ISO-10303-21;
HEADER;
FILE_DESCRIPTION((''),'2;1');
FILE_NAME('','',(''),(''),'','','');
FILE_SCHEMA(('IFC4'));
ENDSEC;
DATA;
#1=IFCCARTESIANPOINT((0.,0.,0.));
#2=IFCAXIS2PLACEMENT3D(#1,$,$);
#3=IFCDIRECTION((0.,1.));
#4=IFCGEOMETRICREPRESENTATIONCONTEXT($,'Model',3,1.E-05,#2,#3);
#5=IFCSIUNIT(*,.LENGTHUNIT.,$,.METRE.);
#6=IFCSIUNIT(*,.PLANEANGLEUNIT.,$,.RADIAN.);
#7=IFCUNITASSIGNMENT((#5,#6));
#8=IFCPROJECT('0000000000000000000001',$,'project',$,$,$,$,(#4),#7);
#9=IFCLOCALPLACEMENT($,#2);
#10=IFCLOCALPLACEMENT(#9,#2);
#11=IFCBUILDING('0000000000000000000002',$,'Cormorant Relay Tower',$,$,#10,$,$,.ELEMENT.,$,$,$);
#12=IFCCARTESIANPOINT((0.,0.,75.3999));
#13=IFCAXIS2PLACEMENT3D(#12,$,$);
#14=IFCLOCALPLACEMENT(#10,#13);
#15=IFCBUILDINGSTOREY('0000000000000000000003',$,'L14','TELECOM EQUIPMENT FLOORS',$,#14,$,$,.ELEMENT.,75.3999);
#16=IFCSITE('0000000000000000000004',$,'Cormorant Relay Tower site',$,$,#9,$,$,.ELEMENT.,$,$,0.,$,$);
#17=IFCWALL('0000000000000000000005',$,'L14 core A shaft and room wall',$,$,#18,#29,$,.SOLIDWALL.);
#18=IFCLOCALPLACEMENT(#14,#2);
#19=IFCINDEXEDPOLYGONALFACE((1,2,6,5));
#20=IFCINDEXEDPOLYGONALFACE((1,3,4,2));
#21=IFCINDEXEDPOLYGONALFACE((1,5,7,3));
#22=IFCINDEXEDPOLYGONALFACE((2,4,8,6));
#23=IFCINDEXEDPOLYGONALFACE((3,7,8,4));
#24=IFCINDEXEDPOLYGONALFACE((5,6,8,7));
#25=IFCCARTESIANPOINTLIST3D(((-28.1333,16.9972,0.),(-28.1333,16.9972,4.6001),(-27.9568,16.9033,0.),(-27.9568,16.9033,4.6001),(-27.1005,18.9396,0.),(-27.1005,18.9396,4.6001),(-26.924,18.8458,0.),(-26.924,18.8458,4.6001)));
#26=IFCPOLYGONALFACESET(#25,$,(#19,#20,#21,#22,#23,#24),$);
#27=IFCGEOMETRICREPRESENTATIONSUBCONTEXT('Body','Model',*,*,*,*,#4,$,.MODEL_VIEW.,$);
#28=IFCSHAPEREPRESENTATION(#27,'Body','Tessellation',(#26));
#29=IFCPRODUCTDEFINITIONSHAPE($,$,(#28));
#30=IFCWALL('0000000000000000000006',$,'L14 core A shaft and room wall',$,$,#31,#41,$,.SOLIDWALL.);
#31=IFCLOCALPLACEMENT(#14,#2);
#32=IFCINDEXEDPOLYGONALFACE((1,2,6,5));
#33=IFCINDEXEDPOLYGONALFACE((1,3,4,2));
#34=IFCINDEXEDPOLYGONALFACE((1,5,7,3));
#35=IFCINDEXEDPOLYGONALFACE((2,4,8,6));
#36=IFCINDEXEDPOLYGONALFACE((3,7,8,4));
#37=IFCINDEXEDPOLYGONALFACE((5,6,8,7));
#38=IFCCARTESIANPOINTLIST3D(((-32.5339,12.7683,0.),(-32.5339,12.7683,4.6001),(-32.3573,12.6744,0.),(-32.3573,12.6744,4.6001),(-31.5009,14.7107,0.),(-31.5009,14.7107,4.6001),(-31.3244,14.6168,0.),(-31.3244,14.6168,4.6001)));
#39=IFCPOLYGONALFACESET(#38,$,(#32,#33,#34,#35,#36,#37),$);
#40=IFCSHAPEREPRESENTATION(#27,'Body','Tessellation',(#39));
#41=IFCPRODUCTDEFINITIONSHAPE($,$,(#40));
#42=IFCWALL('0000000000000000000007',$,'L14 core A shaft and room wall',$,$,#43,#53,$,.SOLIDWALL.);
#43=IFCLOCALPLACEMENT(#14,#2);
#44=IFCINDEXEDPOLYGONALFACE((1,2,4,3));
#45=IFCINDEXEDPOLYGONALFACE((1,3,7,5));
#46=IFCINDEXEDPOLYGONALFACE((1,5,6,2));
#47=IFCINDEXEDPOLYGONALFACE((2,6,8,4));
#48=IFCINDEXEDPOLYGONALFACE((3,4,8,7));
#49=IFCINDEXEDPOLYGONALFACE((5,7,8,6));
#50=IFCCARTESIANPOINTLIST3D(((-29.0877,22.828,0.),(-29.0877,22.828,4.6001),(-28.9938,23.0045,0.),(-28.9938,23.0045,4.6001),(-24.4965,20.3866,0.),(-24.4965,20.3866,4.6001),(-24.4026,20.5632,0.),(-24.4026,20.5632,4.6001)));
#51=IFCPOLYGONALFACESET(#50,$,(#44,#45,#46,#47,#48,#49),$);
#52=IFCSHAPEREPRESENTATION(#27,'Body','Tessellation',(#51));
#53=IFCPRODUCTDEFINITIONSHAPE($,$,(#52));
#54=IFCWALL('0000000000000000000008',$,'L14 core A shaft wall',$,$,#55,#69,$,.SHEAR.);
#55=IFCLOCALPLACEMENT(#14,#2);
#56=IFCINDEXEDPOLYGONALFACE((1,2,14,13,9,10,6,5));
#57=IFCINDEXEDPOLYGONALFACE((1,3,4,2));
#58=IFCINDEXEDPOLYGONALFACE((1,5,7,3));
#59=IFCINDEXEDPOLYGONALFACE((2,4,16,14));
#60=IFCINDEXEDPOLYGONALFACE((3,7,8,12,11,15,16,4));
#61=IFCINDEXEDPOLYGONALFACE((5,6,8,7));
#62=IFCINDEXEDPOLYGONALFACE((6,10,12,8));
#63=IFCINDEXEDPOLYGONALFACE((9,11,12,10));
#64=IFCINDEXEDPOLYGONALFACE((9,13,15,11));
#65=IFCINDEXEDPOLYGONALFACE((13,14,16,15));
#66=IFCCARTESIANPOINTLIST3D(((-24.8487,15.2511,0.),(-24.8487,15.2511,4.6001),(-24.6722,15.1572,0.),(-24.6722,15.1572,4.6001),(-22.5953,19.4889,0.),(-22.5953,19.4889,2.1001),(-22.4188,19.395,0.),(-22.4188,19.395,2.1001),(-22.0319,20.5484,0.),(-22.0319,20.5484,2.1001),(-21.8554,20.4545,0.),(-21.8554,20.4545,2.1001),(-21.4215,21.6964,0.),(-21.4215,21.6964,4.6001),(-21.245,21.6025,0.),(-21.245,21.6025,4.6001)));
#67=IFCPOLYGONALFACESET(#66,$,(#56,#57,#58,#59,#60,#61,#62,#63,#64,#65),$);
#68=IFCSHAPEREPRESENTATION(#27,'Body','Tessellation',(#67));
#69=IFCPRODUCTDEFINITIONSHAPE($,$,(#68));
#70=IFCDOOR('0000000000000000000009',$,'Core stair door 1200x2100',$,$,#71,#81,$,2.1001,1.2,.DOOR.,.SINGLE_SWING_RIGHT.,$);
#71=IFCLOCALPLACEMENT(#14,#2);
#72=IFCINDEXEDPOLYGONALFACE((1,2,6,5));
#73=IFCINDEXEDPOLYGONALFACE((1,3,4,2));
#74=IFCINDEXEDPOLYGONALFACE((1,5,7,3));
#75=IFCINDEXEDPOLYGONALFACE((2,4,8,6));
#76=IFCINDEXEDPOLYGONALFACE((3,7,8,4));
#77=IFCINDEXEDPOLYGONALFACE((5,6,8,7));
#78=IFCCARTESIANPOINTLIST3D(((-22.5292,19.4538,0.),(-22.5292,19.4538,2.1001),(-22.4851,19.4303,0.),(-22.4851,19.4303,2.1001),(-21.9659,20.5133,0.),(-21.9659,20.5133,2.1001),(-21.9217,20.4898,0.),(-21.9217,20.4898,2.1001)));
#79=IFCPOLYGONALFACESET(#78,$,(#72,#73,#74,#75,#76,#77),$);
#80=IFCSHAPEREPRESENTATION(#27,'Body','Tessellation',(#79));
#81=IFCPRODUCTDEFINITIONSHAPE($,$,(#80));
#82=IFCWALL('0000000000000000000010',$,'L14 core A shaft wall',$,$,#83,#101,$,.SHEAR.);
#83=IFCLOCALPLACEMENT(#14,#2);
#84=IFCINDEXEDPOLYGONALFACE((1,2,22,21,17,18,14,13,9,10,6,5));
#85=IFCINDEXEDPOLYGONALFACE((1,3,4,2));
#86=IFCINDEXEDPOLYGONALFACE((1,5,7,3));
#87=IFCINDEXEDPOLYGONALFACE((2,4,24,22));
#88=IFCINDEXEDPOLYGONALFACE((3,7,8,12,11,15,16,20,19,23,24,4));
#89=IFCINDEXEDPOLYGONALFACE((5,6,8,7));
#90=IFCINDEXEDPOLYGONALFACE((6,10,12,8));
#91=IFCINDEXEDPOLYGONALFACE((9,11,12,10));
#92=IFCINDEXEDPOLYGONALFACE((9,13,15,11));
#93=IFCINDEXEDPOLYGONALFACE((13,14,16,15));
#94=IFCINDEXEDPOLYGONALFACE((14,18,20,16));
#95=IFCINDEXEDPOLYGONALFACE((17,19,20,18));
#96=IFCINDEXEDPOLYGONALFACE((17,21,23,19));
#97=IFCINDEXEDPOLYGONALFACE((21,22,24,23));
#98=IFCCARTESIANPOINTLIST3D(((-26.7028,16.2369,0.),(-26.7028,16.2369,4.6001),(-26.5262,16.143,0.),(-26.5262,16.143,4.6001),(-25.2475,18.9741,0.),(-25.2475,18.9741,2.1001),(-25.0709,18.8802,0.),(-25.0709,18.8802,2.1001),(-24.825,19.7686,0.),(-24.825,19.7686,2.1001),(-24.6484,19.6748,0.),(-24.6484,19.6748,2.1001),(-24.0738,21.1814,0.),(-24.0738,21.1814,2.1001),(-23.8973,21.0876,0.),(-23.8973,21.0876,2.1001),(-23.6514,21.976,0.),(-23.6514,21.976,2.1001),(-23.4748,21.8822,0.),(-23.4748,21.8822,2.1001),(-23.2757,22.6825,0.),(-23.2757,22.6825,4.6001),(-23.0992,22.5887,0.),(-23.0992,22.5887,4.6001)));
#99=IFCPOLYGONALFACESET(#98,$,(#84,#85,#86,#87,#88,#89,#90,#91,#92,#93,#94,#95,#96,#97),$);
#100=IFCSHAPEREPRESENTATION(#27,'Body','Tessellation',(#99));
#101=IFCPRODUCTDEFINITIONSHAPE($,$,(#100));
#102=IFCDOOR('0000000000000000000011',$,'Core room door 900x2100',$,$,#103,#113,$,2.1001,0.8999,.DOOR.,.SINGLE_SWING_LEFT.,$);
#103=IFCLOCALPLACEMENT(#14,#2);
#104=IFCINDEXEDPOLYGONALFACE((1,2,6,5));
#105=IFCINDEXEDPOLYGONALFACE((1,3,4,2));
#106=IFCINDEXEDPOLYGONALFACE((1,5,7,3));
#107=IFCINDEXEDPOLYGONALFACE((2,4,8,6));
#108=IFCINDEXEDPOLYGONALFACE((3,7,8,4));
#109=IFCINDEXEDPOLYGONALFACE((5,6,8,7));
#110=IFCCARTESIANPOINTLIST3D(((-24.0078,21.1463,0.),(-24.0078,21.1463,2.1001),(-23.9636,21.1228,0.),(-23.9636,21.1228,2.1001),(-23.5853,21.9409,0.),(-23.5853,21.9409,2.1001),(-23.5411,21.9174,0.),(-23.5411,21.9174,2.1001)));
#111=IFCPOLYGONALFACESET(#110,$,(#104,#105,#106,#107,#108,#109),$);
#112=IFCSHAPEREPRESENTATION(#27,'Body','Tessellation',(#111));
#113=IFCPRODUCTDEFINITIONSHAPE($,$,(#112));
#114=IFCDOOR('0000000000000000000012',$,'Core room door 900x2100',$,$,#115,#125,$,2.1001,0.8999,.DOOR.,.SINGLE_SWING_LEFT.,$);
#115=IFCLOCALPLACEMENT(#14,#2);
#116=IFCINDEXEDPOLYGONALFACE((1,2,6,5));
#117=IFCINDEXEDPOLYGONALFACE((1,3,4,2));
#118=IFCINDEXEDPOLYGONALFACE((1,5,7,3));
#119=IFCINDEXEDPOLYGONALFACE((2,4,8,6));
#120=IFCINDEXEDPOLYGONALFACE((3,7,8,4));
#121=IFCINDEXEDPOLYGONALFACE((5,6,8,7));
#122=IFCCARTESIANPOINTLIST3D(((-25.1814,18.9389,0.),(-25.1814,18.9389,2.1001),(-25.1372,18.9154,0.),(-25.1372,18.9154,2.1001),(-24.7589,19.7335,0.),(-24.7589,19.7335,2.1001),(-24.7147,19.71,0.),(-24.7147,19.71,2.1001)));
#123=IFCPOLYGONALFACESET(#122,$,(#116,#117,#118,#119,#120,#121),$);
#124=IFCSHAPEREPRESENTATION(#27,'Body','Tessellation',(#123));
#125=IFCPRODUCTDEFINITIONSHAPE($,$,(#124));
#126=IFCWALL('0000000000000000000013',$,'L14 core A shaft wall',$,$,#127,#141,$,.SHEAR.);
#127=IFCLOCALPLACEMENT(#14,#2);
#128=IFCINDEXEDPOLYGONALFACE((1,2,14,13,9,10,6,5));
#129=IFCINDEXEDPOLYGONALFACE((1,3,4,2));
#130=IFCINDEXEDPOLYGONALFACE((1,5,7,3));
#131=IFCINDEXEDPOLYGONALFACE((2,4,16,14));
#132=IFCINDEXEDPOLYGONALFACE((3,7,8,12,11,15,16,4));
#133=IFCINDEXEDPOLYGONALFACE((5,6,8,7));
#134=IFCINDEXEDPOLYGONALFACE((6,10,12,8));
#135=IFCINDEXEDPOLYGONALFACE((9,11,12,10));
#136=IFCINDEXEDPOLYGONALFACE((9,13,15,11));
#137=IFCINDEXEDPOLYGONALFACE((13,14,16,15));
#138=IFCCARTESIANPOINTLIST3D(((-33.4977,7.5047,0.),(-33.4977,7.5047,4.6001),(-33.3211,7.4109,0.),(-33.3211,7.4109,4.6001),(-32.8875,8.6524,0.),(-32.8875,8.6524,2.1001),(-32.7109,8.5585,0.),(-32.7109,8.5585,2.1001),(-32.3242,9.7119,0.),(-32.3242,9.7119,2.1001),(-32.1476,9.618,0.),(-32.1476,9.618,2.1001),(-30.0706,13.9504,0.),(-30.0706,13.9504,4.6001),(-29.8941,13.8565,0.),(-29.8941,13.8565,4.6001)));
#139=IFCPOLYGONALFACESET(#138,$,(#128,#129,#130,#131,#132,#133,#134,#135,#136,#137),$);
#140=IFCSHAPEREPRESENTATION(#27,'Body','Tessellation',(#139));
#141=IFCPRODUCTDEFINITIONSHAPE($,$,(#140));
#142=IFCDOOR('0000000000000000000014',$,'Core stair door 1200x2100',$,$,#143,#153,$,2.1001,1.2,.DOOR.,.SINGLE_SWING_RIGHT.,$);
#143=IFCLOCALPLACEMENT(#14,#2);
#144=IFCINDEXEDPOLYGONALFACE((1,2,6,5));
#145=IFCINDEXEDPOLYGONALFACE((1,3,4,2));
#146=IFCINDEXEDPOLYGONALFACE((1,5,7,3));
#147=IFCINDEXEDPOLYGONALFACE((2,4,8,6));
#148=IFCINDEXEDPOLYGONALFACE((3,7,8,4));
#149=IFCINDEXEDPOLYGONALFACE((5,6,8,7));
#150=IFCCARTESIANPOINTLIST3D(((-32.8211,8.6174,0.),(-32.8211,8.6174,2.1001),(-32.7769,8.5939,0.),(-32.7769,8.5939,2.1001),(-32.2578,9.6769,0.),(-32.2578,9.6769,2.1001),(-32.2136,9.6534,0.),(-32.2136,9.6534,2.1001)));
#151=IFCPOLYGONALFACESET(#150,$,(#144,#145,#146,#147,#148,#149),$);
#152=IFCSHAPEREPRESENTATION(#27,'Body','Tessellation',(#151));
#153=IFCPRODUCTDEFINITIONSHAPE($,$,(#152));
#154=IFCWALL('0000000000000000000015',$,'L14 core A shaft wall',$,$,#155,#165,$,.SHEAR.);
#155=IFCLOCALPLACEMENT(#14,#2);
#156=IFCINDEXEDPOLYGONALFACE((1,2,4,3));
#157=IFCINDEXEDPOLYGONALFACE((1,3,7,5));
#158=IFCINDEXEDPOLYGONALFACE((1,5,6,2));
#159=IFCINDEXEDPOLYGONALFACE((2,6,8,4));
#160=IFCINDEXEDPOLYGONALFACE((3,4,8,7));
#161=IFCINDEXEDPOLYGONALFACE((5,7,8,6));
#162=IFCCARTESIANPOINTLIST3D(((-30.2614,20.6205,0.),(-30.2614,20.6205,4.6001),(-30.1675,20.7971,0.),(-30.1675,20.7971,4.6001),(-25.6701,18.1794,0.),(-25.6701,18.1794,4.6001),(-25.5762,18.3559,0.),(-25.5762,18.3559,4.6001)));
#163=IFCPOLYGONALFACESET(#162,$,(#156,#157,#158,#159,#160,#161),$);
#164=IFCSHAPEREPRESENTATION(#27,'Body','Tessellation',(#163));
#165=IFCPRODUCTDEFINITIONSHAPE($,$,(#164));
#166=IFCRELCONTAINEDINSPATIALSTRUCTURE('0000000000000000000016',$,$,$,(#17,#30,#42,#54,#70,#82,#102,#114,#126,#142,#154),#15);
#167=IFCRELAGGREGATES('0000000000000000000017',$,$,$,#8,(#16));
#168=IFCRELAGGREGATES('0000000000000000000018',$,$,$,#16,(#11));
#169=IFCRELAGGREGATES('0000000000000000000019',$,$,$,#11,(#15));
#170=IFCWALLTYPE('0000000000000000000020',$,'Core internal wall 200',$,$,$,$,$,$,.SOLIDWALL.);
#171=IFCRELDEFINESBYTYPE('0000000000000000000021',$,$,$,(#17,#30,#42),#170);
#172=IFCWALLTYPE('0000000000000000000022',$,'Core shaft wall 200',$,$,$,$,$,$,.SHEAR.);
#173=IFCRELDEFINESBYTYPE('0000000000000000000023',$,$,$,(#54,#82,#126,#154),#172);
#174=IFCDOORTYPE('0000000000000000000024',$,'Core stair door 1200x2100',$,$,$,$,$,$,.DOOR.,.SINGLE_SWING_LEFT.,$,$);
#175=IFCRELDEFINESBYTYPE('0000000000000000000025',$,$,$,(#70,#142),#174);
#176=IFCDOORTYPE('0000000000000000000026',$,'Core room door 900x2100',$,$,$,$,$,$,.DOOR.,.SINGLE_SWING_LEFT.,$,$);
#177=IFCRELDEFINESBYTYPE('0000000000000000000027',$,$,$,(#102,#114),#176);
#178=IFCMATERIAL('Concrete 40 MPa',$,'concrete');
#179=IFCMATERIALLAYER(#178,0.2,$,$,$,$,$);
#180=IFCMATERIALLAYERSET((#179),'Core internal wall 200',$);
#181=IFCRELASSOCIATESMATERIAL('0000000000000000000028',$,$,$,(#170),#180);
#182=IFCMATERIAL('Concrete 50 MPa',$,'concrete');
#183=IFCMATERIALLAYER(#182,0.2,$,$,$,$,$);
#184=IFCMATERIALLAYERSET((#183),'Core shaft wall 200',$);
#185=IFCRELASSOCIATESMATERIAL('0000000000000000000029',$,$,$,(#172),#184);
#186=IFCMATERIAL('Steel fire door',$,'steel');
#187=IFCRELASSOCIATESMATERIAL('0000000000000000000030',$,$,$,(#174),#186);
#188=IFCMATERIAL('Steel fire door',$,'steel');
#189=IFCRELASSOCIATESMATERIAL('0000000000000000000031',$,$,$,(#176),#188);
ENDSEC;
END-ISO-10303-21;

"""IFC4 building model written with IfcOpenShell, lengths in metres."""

from ifc_helpers import new_model, si_unit, direction, frame, frame_2d, origin, place, context, subcontext, project, spatial, rectangle, extrude, material, layer, layer_set, type_object, element, fill, save


model = new_model("IFC4")

# Units and contexts
model_context = context("Model", 3, precision=1e-05, world=origin(), true_north=direction((0.0, 1.0)))
body_context = subcontext(model_context, "Body", "Model", "MODEL_VIEW")
ifc_project = project(units=[si_unit("LENGTHUNIT", "METRE"), si_unit("PLANEANGLEUNIT", "RADIAN")], contexts=[model_context])

# Site, building, storey
site_placement = place(None, origin())
site = spatial("IfcSite", under=ifc_project, at=site_placement, Name="Cormorant Relay Tower site", CompositionType="ELEMENT", RefElevation=0.0)
building_placement = place(site_placement, origin())
building = spatial("IfcBuilding", under=site, at=building_placement, Name="Cormorant Relay Tower", CompositionType="ELEMENT")
storey_placement = place(building_placement, frame((0.0, 0.0, 75.3999)))
storey = spatial("IfcBuildingStorey", under=building, at=storey_placement, Name="L14", Description="TELECOM EQUIPMENT FLOORS", CompositionType="ELEMENT", Elevation=75.3999)

# Walls
ifc_material_1 = material(Name="Concrete 40 MPa", Category="concrete")
ifc_layer_1 = layer(ifc_material_1, 0.2)
ifc_layer_set_1 = layer_set([ifc_layer_1], Name="Core internal wall 200")
wall_type_1 = type_object("IfcWallType", Name="Core internal wall 200", PredefinedType="SOLIDWALL", material=ifc_layer_set_1)
for number, where, z_axis, x_axis, name in (
    (1, (-27.0122, 18.8928, 0.0), (0.0, 0.0, 1.0), (-0.469447, -0.88296, 0.0), "L14 core A shaft and room wall"),
    (2, (-31.4126, 14.6638, 0.0), (0.0, 0.0, 1.0), (-0.469534, -0.882914, 0.0), "L14 core A shaft and room wall"),
):
    element("IfcWall", number, at=place(storey_placement, frame(where, z_axis=z_axis, x_axis=x_axis)), inside=storey, type_object=wall_type_1, Name=name, PredefinedType="SOLIDWALL", context=body_context, shape_type="SweptSolid", body=[
        extrude(rectangle(XDim=2.2, YDim=0.2, at=frame_2d((1.1001, 0.0))), origin(), (0.0, 0.0, 1.0), 4.6001),
    ])
wall_1_placement = place(storey_placement, frame((-24.4495, 20.4749, 0.0), z_axis=(0.0, 0.0, 1.0), x_axis=(-0.882935, 0.469496, 0.0)))
element("IfcWall", 3, at=wall_1_placement, inside=storey, type_object=wall_type_1, Name="L14 core A shaft and room wall", PredefinedType="SOLIDWALL", context=body_context, shape_type="SweptSolid", body=[
    extrude(rectangle(XDim=5.2, YDim=0.2, at=frame_2d((2.6001, 0.0))), origin(), (0.0, 0.0, 1.0), 4.6001),
])

# Wall, opening, door
ifc_material_2 = material(Name="Concrete 50 MPa", Category="concrete")
ifc_layer_2 = layer(ifc_material_2, 0.2)
ifc_layer_set_2 = layer_set([ifc_layer_2], Name="Core shaft wall 200")
wall_type_2 = type_object("IfcWallType", Name="Core shaft wall 200", PredefinedType="SHEAR", material=ifc_layer_set_2)
wall_2_placement = place(storey_placement, frame((-21.3333, 21.6494, 0.0), z_axis=(0.0, 0.0, 1.0), x_axis=(-0.469494, -0.882936, 0.0)))
wall_2 = element("IfcWall", 4, at=wall_2_placement, inside=storey, type_object=wall_type_2, Name="L14 core A shaft wall", PredefinedType="SHEAR", context=body_context, shape_type="SweptSolid", body=[
    extrude(rectangle(XDim=7.2998, YDim=0.2, at=frame_2d((3.6499, 0.0))), origin(), (0.0, 0.0, 1.0), 4.6001),
])
opening_1_placement = place(wall_2_placement, frame((1.3, 0.0, 0.0)))
opening_1 = element("IfcOpeningElement", 5, at=opening_1_placement, cuts=wall_2, PredefinedType="OPENING", context=body_context, shape_type="SweptSolid", body=[
    extrude(rectangle(XDim=1.2, YDim=2.1001, at=frame_2d((0.6001, 1.05))), frame((0.0, 0.1099, 0.0), z_axis=(0.0, -1.0, 0.0), x_axis=(1.0, 0.0, 0.0)), (0.0, 0.0, 1.0), 0.22),
])
ifc_material_3 = material(Name="Steel fire door", Category="steel")
door_type_1 = type_object("IfcDoorType", Name="Core stair door 1200x2100", OperationType="SINGLE_SWING_LEFT", PredefinedType="DOOR", material=ifc_material_3)
door_1_placement = place(opening_1_placement, origin())
door_1 = element("IfcDoor", 6, at=door_1_placement, inside=storey, type_object=door_type_1, Name="Core stair door 1200x2100", OperationType="SINGLE_SWING_RIGHT", OverallHeight=2.1001, OverallWidth=1.2, PredefinedType="DOOR", context=body_context, shape_type="SweptSolid", body=[
    extrude(rectangle(XDim=1.2, YDim=2.1001, at=frame_2d((0.6001, 1.05))), frame((0.0, 0.0249, 0.0), z_axis=(0.0, -1.0, 0.0), x_axis=(1.0, 0.0, 0.0)), (0.0, 0.0, 1.0), 0.05),
])
fill(opening_1, door_1)

# Wall, openings, doors
wall_3_placement = place(storey_placement, frame((-23.1875, 22.6355, 0.0), z_axis=(0.0, 0.0, 1.0), x_axis=(-0.469454, -0.882957, 0.0)))
wall_3 = element("IfcWall", 7, at=wall_3_placement, inside=storey, type_object=wall_type_2, Name="L14 core A shaft wall", PredefinedType="SHEAR", context=body_context, shape_type="SweptSolid", body=[
    extrude(rectangle(XDim=7.3, YDim=0.2, at=frame_2d((3.6499, 0.0))), origin(), (0.0, 0.0, 1.0), 4.6001),
])
opening_2_placement = place(wall_3_placement, frame((0.8, 0.0, 0.0)))
opening_2 = element("IfcOpeningElement", 8, at=opening_2_placement, cuts=wall_3, PredefinedType="OPENING", context=body_context, shape_type="SweptSolid", body=[
    extrude(rectangle(XDim=0.8999, YDim=2.1001, at=frame_2d((0.45, 1.05))), frame((0.0, 0.1099, 0.0), z_axis=(0.0, -1.0, 0.0), x_axis=(1.0, 0.0, 0.0)), (0.0, 0.0, 1.0), 0.22),
])
opening_3_placement = place(wall_3_placement, frame((3.3, 0.0, 0.0)))
opening_3 = element("IfcOpeningElement", 9, at=opening_3_placement, cuts=wall_3, PredefinedType="OPENING", context=body_context, shape_type="SweptSolid", body=[
    extrude(rectangle(XDim=0.8999, YDim=2.1001, at=frame_2d((0.45, 1.05))), frame((0.0, 0.1099, 0.0), z_axis=(0.0, -1.0, 0.0), x_axis=(1.0, 0.0, 0.0)), (0.0, 0.0, 1.0), 0.22),
])
ifc_material_4 = material(Name="Steel fire door", Category="steel")
door_type_2 = type_object("IfcDoorType", Name="Core room door 900x2100", OperationType="SINGLE_SWING_LEFT", PredefinedType="DOOR", material=ifc_material_4)
door_2_placement = place(opening_2_placement, origin())
door_2 = element("IfcDoor", 10, at=door_2_placement, inside=storey, type_object=door_type_2, Name="Core room door 900x2100", OperationType="SINGLE_SWING_LEFT", OverallHeight=2.1001, OverallWidth=0.8999, PredefinedType="DOOR", context=body_context, shape_type="SweptSolid", body=[
    extrude(rectangle(XDim=0.8999, YDim=2.1001, at=frame_2d((0.45, 1.05))), frame((0.0, 0.0249, 0.0), z_axis=(0.0, -1.0, 0.0), x_axis=(1.0, 0.0, 0.0)), (0.0, 0.0, 1.0), 0.05),
])
fill(opening_2, door_2)
door_3_placement = place(opening_3_placement, origin())
door_3 = element("IfcDoor", 11, at=door_3_placement, inside=storey, type_object=door_type_2, Name="Core room door 900x2100", OperationType="SINGLE_SWING_LEFT", OverallHeight=2.1001, OverallWidth=0.8999, PredefinedType="DOOR", context=body_context, shape_type="SweptSolid", body=[
    extrude(rectangle(XDim=0.8999, YDim=2.1001, at=frame_2d((0.45, 1.05))), frame((0.0, 0.0249, 0.0), z_axis=(0.0, -1.0, 0.0), x_axis=(1.0, 0.0, 0.0)), (0.0, 0.0, 1.0), 0.05),
])
fill(opening_3, door_3)

# Wall, opening, door
wall_4_placement = place(storey_placement, frame((-29.9824, 13.9033, 0.0), z_axis=(0.0, 0.0, 1.0), x_axis=(-0.469454, -0.882957, 0.0)))
wall_4 = element("IfcWall", 12, at=wall_4_placement, inside=storey, type_object=wall_type_2, Name="L14 core A shaft wall", PredefinedType="SHEAR", context=body_context, shape_type="SweptSolid", body=[
    extrude(rectangle(XDim=7.3, YDim=0.2, at=frame_2d((3.6499, 0.0))), origin(), (0.0, 0.0, 1.0), 4.6001),
])
opening_4_placement = place(wall_4_placement, frame((4.8, 0.0, 0.0)))
opening_4 = element("IfcOpeningElement", 13, at=opening_4_placement, cuts=wall_4, PredefinedType="OPENING", context=body_context, shape_type="SweptSolid", body=[
    extrude(rectangle(XDim=1.2, YDim=2.1001, at=frame_2d((0.6001, 1.05))), frame((0.0, 0.1099, 0.0), z_axis=(0.0, -1.0, 0.0), x_axis=(1.0, 0.0, 0.0)), (0.0, 0.0, 1.0), 0.22),
])
door_4_placement = place(opening_4_placement, frame((1.2, 0.0, 0.0), z_axis=(0.0, 0.0, 1.0), x_axis=(-1.0, 0.0, 0.0)))
door_4 = element("IfcDoor", 14, at=door_4_placement, inside=storey, type_object=door_type_1, Name="Core stair door 1200x2100", OperationType="SINGLE_SWING_RIGHT", OverallHeight=2.1001, OverallWidth=1.2, PredefinedType="DOOR", context=body_context, shape_type="SweptSolid", body=[
    extrude(rectangle(XDim=1.2, YDim=2.1001, at=frame_2d((0.6001, 1.05))), frame((0.0, 0.0249, 0.0), z_axis=(0.0, -1.0, 0.0), x_axis=(1.0, 0.0, 0.0)), (0.0, 0.0, 1.0), 0.05),
])
fill(opening_4, door_4)

# Wall
wall_5_placement = place(storey_placement, frame((-25.623, 18.2676, 0.0), z_axis=(0.0, 0.0, 1.0), x_axis=(-0.882954, 0.46946, 0.0)))
element("IfcWall", 15, at=wall_5_placement, inside=storey, type_object=wall_type_2, Name="L14 core A shaft wall", PredefinedType="SHEAR", context=body_context, shape_type="SweptSolid", body=[
    extrude(rectangle(XDim=5.2, YDim=0.2, at=frame_2d((2.6001, 0.0))), origin(), (0.0, 0.0, 1.0), 4.6001),
])

save(model, "model.ifc")
